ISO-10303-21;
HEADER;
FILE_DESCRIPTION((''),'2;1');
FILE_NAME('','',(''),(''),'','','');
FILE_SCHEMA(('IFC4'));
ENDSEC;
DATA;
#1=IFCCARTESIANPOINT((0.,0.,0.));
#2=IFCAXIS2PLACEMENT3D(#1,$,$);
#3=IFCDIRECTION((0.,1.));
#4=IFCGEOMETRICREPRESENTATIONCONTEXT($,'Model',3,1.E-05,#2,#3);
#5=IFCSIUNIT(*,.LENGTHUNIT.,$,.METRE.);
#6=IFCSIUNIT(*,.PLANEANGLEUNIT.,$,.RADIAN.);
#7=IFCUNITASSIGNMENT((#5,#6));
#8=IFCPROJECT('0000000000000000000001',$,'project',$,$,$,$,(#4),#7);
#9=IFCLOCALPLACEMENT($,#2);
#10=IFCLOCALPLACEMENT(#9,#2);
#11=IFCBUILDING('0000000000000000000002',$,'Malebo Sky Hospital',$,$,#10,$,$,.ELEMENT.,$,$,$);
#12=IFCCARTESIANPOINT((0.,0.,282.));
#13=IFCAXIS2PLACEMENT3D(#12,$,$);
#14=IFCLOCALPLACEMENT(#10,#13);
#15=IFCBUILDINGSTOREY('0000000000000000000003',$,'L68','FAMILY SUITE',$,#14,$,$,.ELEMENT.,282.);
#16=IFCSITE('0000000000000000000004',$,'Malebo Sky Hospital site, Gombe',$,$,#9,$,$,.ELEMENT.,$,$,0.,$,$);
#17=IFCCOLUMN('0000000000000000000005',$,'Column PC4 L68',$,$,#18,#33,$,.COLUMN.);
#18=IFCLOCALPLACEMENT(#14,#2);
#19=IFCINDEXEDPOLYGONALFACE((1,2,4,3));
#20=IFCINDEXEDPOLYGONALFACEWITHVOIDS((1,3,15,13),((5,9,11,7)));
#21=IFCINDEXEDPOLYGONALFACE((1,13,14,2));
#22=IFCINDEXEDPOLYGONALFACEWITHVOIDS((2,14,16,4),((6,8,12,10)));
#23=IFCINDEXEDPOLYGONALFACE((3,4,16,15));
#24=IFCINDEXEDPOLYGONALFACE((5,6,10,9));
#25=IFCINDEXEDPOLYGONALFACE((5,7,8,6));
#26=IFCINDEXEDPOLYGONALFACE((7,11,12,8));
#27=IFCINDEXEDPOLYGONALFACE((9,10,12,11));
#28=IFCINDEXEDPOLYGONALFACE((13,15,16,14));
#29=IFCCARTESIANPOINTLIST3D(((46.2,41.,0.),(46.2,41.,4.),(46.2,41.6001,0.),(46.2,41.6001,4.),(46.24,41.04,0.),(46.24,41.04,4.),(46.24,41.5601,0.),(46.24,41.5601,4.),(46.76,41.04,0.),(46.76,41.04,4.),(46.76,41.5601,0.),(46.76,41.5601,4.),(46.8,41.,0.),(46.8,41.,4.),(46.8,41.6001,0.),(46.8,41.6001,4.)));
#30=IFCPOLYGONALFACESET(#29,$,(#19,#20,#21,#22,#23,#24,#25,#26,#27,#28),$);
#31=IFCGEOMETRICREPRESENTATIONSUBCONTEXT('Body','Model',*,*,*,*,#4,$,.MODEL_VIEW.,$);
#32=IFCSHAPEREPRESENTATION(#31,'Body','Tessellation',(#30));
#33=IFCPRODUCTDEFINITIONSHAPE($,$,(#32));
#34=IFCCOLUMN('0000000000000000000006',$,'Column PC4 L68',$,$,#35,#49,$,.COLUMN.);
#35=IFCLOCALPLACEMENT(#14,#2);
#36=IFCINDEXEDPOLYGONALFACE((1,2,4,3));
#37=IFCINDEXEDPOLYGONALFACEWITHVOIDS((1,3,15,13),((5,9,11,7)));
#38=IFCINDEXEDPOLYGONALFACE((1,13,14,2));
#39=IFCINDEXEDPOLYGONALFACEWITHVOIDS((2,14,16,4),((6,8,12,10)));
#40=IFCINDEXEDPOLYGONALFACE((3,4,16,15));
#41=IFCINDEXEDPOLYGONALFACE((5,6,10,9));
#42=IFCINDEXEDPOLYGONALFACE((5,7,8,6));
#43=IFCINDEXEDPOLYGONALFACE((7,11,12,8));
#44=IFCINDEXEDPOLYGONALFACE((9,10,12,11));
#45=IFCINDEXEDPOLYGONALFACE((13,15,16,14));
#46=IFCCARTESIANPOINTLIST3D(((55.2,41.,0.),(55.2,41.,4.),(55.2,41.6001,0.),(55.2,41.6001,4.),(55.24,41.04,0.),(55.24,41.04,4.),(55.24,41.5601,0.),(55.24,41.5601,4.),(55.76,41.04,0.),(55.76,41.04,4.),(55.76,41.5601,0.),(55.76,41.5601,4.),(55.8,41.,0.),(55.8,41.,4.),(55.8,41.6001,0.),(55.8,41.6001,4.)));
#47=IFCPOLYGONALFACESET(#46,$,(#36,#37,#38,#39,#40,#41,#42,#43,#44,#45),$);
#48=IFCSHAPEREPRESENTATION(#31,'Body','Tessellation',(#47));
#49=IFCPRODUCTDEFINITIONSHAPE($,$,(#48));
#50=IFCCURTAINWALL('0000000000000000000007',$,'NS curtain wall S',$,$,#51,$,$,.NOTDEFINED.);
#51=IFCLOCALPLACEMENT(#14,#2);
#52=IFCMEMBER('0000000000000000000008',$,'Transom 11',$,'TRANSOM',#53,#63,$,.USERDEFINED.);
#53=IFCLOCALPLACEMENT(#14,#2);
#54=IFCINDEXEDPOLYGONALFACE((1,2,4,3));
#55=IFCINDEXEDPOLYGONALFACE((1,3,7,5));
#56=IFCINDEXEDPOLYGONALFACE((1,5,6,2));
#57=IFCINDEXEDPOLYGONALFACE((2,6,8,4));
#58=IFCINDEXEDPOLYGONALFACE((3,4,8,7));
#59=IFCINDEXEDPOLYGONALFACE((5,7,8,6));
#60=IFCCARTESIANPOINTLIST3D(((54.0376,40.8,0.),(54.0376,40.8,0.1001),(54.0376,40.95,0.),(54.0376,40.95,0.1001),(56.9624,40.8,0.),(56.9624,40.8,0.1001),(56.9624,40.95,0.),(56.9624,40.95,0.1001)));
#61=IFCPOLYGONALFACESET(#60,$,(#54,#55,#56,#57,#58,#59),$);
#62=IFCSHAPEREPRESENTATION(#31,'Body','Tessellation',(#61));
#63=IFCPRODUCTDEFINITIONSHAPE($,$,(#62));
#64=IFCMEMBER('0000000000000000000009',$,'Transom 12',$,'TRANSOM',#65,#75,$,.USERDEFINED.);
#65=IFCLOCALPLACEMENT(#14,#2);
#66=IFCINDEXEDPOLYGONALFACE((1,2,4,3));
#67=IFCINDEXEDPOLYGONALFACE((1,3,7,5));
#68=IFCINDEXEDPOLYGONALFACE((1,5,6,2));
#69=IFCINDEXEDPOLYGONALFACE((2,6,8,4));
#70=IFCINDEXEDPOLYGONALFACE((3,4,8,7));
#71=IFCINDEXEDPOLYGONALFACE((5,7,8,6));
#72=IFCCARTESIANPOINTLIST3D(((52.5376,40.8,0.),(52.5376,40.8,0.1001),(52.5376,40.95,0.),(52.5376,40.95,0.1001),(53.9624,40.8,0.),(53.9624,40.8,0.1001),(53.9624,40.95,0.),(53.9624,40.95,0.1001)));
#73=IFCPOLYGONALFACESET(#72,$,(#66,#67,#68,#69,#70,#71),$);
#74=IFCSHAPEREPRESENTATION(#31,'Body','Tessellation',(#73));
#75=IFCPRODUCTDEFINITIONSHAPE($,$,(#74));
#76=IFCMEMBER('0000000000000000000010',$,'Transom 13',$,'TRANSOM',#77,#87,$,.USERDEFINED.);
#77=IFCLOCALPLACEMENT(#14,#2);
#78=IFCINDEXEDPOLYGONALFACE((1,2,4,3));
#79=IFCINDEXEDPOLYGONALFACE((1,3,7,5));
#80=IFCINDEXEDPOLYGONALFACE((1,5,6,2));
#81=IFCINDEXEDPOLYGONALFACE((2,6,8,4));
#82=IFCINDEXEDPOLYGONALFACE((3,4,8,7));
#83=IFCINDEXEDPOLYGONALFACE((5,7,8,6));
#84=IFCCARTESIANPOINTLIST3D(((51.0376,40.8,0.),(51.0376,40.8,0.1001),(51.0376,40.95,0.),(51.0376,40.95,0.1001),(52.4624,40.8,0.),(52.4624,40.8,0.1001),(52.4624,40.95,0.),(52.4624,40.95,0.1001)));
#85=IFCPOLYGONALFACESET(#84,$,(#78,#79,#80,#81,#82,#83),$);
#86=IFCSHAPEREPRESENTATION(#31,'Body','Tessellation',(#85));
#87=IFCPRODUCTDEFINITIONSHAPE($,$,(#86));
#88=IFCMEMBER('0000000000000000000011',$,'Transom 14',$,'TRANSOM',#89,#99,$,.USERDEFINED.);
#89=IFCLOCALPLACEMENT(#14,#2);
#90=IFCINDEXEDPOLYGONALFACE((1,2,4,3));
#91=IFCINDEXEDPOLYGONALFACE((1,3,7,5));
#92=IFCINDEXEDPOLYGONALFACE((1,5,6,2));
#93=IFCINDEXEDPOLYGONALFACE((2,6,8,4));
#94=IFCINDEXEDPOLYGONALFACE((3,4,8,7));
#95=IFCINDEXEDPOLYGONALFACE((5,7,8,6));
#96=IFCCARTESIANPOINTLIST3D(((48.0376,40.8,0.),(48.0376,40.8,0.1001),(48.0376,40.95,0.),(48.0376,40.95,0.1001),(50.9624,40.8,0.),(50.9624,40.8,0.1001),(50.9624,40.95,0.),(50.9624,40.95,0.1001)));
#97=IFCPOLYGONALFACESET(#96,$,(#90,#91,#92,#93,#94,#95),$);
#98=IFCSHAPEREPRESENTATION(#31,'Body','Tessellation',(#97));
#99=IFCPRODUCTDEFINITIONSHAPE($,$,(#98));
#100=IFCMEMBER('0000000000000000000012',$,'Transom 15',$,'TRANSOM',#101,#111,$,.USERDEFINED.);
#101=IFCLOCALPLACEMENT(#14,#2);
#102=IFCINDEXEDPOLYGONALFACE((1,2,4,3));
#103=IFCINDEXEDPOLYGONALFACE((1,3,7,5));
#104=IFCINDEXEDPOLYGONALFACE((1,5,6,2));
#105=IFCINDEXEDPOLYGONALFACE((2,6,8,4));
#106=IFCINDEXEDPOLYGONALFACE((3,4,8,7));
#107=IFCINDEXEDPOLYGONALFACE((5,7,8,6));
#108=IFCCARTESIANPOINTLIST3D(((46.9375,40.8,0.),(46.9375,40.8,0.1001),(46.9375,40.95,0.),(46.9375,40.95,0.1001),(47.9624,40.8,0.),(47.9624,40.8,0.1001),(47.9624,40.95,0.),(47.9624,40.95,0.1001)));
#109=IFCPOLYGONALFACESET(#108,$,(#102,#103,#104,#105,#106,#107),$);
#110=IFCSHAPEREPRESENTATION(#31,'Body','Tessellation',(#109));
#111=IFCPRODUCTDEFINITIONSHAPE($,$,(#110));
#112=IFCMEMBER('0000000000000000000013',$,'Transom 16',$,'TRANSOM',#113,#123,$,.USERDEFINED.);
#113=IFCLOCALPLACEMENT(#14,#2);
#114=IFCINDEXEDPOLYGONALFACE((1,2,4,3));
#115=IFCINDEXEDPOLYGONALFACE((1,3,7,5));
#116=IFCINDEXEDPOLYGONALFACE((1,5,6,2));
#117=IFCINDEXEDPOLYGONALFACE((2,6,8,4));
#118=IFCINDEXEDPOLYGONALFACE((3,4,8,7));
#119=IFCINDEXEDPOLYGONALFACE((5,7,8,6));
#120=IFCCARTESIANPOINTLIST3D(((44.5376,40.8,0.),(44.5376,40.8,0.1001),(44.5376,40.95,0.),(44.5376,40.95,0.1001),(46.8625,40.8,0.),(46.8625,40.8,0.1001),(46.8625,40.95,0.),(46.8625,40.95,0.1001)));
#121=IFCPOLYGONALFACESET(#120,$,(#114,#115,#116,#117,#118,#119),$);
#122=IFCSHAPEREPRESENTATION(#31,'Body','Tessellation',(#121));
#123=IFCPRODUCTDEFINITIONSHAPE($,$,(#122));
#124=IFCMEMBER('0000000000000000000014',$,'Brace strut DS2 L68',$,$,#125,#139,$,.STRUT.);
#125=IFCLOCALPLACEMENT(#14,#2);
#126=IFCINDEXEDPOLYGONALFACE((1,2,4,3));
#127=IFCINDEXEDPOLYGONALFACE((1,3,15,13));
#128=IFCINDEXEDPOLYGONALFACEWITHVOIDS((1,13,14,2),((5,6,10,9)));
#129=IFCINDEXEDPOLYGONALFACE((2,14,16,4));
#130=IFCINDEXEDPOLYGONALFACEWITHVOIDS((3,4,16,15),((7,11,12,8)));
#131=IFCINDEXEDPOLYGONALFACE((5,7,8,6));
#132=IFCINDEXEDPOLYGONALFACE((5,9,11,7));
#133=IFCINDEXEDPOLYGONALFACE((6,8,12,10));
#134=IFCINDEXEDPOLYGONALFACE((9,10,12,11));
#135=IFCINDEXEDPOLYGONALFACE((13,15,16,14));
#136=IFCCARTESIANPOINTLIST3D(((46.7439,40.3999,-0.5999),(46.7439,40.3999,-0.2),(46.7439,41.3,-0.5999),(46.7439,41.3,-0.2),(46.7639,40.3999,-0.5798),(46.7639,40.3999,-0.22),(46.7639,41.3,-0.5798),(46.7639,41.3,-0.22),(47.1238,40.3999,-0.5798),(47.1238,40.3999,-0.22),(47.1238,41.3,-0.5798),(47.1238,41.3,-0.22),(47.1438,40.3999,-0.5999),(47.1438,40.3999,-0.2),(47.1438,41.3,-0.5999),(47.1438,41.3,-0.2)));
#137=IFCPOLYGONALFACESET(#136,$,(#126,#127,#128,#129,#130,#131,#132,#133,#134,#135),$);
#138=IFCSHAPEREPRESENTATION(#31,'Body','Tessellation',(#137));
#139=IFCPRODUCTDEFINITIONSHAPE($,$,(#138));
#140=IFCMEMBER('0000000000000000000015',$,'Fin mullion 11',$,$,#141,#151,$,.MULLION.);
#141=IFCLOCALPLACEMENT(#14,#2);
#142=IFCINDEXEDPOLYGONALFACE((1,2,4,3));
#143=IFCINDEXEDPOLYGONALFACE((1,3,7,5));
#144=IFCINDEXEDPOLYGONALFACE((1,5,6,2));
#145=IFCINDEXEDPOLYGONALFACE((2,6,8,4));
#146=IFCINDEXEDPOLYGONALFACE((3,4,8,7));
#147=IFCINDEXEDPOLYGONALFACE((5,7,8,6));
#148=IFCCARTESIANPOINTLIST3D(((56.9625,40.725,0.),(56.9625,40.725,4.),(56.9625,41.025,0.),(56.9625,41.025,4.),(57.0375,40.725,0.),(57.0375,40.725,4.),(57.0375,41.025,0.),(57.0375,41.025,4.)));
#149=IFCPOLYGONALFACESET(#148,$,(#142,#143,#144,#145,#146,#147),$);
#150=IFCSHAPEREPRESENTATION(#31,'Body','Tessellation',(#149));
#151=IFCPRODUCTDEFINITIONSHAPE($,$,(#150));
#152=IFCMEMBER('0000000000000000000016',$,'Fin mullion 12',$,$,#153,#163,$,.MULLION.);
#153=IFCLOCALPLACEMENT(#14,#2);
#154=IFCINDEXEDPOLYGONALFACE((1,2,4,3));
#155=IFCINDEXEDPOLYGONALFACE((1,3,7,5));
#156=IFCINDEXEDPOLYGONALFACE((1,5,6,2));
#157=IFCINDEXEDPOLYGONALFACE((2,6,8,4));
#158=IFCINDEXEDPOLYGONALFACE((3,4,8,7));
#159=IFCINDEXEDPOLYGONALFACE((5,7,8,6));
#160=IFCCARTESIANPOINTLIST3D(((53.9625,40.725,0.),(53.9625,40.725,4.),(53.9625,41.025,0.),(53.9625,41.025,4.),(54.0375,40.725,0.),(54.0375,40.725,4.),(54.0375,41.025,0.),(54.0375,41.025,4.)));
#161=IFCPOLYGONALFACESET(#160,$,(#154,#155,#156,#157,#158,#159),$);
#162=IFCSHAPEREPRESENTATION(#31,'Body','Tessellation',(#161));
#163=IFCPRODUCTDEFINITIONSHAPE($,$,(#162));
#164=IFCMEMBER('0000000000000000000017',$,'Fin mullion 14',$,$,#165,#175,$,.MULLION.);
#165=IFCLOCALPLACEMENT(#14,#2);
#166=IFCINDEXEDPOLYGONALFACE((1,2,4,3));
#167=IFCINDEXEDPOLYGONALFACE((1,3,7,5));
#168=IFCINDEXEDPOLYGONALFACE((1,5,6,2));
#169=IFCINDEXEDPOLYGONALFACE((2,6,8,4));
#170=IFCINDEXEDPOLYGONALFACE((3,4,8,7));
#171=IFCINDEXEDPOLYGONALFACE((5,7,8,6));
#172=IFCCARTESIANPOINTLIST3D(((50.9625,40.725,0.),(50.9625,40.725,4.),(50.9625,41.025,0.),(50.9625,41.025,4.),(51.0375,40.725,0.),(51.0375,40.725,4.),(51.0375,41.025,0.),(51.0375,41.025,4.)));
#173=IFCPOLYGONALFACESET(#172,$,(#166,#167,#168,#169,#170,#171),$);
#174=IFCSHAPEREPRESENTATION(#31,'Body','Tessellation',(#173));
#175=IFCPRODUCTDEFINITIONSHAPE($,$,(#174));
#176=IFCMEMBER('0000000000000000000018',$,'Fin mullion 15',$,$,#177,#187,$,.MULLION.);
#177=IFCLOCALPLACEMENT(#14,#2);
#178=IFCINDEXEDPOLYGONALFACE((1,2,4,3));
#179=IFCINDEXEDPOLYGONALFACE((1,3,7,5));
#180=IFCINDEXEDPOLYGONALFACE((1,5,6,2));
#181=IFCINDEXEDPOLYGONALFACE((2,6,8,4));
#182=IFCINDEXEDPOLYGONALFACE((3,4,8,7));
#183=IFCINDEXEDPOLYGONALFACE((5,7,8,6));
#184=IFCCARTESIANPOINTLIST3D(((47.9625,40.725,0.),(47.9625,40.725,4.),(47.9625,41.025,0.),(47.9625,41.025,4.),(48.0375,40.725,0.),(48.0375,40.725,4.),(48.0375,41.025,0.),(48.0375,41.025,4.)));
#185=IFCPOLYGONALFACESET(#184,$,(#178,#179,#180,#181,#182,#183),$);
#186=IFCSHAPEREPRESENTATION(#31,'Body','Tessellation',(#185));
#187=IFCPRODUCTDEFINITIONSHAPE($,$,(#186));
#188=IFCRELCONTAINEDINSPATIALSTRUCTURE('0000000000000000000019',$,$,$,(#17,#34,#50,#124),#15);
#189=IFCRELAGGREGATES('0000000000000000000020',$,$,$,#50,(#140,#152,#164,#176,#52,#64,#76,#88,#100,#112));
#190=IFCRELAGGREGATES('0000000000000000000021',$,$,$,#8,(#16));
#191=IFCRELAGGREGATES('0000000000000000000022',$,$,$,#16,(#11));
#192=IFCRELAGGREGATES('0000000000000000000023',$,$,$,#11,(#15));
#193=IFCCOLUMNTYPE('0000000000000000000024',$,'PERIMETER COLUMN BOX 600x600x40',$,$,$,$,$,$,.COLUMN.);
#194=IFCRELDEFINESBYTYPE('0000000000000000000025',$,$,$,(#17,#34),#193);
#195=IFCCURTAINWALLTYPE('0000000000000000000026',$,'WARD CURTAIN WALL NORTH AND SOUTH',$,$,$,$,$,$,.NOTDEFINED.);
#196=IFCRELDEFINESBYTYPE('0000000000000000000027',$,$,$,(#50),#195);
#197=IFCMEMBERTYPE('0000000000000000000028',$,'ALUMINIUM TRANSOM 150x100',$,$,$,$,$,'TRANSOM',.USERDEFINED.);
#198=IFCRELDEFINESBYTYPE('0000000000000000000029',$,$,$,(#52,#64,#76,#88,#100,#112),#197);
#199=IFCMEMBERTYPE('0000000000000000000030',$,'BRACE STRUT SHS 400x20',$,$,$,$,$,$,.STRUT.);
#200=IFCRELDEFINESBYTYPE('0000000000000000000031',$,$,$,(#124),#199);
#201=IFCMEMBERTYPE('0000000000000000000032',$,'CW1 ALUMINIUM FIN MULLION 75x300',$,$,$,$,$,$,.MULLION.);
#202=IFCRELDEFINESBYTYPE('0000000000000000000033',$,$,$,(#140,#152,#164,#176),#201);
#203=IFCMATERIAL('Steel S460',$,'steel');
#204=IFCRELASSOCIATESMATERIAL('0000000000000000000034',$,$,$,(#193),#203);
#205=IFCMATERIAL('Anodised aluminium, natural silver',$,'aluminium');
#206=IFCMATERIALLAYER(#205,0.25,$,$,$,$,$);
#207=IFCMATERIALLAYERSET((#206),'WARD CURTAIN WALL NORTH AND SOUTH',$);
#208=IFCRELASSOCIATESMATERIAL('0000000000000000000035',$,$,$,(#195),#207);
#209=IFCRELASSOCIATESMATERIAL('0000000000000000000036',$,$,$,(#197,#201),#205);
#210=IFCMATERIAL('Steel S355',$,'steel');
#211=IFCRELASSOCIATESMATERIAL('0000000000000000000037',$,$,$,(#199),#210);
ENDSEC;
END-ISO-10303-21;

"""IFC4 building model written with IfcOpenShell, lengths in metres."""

from ifc_helpers import new_model, si_unit, direction, frame, origin, origin_2d, place, context, subcontext, project, spatial, rectangle, hollow_rectangle, extrude, material, layer, layer_set, material_profile, profile_set, type_object, element, aggregate, save


model = new_model("IFC4")

# Units and contexts
model_context = context("Model", 3, precision=1e-05, world=origin(), true_north=direction((0.0, 1.0)))
body_context = subcontext(model_context, "Body", "Model", "MODEL_VIEW")
ifc_project = project(units=[si_unit("LENGTHUNIT", "METRE"), si_unit("PLANEANGLEUNIT", "RADIAN")], contexts=[model_context])

# Site, building, storey
site_placement = place(None, origin())
site = spatial("IfcSite", under=ifc_project, at=site_placement, Name="Malebo Sky Hospital site, Gombe", CompositionType="ELEMENT", RefElevation=0.0)
building_placement = place(site_placement, origin())
building = spatial("IfcBuilding", under=site, at=building_placement, Name="Malebo Sky Hospital", CompositionType="ELEMENT")
storey_placement = place(building_placement, frame((0.0, 0.0, 282.0)))
storey = spatial("IfcBuildingStorey", under=building, at=storey_placement, Name="L68", Description="FAMILY SUITE", CompositionType="ELEMENT", Elevation=282.0)

# Columns
ifc_material_1 = material(Name="Steel S460", Category="steel")
ifc_material_profile_1 = material_profile(ifc_material_1, hollow_rectangle(XDim=0.6001, YDim=0.6001, WallThickness=0.04, at=origin_2d()), Name="BOX 600x600x40")
ifc_profile_set_1 = profile_set([ifc_material_profile_1], Name="Steel S460")
column_type = type_object("IfcColumnType", Name="PERIMETER COLUMN BOX 600x600x40", PredefinedType="COLUMN", material=ifc_profile_set_1)
for number, where, z_axis, x_axis, name in (
    (1, (46.5, 41.3, 0.0), (0.0, 0.0, 1.0), (1.0, 0.0, 0.0), "Column PC4 L68"),
    (2, (55.5, 41.3, 0.0), (0.0, 0.0, 1.0), (1.0, 0.0, 0.0), "Column PC4 L68"),
):
    element("IfcColumn", number, at=place(storey_placement, frame(where, z_axis=z_axis, x_axis=x_axis)), inside=storey, type_object=column_type, Name=name, PredefinedType="COLUMN", context=body_context, shape_type="SweptSolid", body=[
        extrude(hollow_rectangle(XDim=0.6001, YDim=0.6001, WallThickness=0.04, at=origin_2d()), origin(), (0.0, 0.0, 1.0), 4.0),
    ])

# Curtain wall, members
ifc_material_2 = material(Name="Anodised aluminium, natural silver", Category="aluminium")
ifc_layer_1 = layer(ifc_material_2, 0.25)
ifc_layer_set_1 = layer_set([ifc_layer_1], Name="WARD CURTAIN WALL NORTH AND SOUTH")
curtain_wall_type = type_object("IfcCurtainWallType", Name="WARD CURTAIN WALL NORTH AND SOUTH", PredefinedType="NOTDEFINED", material=ifc_layer_set_1)
curtain_wall_placement = place(storey_placement, origin())
curtain_wall = element("IfcCurtainWall", 3, at=curtain_wall_placement, inside=storey, type_object=curtain_wall_type, Name="NS curtain wall S", PredefinedType="NOTDEFINED")
ifc_material_profile_2 = material_profile(ifc_material_2, rectangle(XDim=0.1499, YDim=0.1001, at=origin_2d()), Name="ALUMINIUM TRANSOM 150x100")
ifc_profile_set_2 = profile_set([ifc_material_profile_2], Name="Anodised aluminium, natural silver")
member_type_1 = type_object("IfcMemberType", Name="ALUMINIUM TRANSOM 150x100", ElementType="TRANSOM", PredefinedType="USERDEFINED", material=ifc_profile_set_2)
member_1_placement = place(storey_placement, frame((56.9624, 40.875, 0.05), z_axis=(-1.0, 0.0, 0.0), x_axis=(0.0, -1.0, 0.0)))
member_1 = element("IfcMember", 4, at=member_1_placement, type_object=member_type_1, Name="Transom 11", ObjectType="TRANSOM", PredefinedType="USERDEFINED", context=body_context, shape_type="SweptSolid", body=[
    extrude(rectangle(XDim=0.1499, YDim=0.1001, at=origin_2d()), origin(), (0.0, 0.0, 1.0), 2.9248),
])
member_2_placement = place(storey_placement, frame((53.9624, 40.875, 0.05), z_axis=(-1.0, 0.0, 0.0), x_axis=(0.0, -1.0, 0.0)))
member_2 = element("IfcMember", 5, at=member_2_placement, type_object=member_type_1, Name="Transom 12", ObjectType="TRANSOM", PredefinedType="USERDEFINED", context=body_context, shape_type="SweptSolid", body=[
    extrude(rectangle(XDim=0.1499, YDim=0.1001, at=origin_2d()), origin(), (0.0, 0.0, 1.0), 1.4248),
])
member_3_placement = place(storey_placement, frame((52.4624, 40.875, 0.05), z_axis=(-1.0, 0.0, 0.0), x_axis=(0.0, -1.0, 0.0)))
member_3 = element("IfcMember", 6, at=member_3_placement, type_object=member_type_1, Name="Transom 13", ObjectType="TRANSOM", PredefinedType="USERDEFINED", context=body_context, shape_type="SweptSolid", body=[
    extrude(rectangle(XDim=0.1499, YDim=0.1001, at=origin_2d()), origin(), (0.0, 0.0, 1.0), 1.4248),
])
member_4_placement = place(storey_placement, frame((50.9624, 40.875, 0.05), z_axis=(-1.0, 0.0, 0.0), x_axis=(0.0, -1.0, 0.0)))
member_4 = element("IfcMember", 7, at=member_4_placement, type_object=member_type_1, Name="Transom 14", ObjectType="TRANSOM", PredefinedType="USERDEFINED", context=body_context, shape_type="SweptSolid", body=[
    extrude(rectangle(XDim=0.1499, YDim=0.1001, at=origin_2d()), origin(), (0.0, 0.0, 1.0), 2.9248),
])
member_5_placement = place(storey_placement, frame((47.9624, 40.875, 0.05), z_axis=(-1.0, 0.0, 0.0), x_axis=(0.0, -1.0, 0.0)))
member_5 = element("IfcMember", 8, at=member_5_placement, type_object=member_type_1, Name="Transom 15", ObjectType="TRANSOM", PredefinedType="USERDEFINED", context=body_context, shape_type="SweptSolid", body=[
    extrude(rectangle(XDim=0.1499, YDim=0.1001, at=origin_2d()), origin(), (0.0, 0.0, 1.0), 1.0249),
])
member_6_placement = place(storey_placement, frame((46.8625, 40.875, 0.05), z_axis=(-1.0, 0.0, 0.0), x_axis=(0.0, -1.0, 0.0)))
member_6 = element("IfcMember", 9, at=member_6_placement, type_object=member_type_1, Name="Transom 16", ObjectType="TRANSOM", PredefinedType="USERDEFINED", context=body_context, shape_type="SweptSolid", body=[
    extrude(rectangle(XDim=0.1499, YDim=0.1001, at=origin_2d()), origin(), (0.0, 0.0, 1.0), 2.325),
])

# Members
ifc_material_3 = material(Name="Steel S355", Category="steel")
ifc_material_profile_3 = material_profile(ifc_material_3, hollow_rectangle(XDim=0.3999, YDim=0.3999, WallThickness=0.02, at=origin_2d()), Name="SHS 400x20")
ifc_profile_set_3 = profile_set([ifc_material_profile_3], Name="Steel S355")
member_type_2 = type_object("IfcMemberType", Name="BRACE STRUT SHS 400x20", PredefinedType="STRUT", material=ifc_profile_set_3)
member_7_placement = place(storey_placement, frame((46.9438, 40.3999, -0.3999), z_axis=(0.0, 1.0, 0.0), x_axis=(-1.0, 0.0, 0.0)))
element("IfcMember", 10, at=member_7_placement, inside=storey, type_object=member_type_2, Name="Brace strut DS2 L68", PredefinedType="STRUT", context=body_context, shape_type="SweptSolid", body=[
    extrude(hollow_rectangle(XDim=0.3999, YDim=0.3999, WallThickness=0.02, at=origin_2d()), origin(), (0.0, 0.0, 1.0), 0.9001),
])
ifc_material_profile_4 = material_profile(ifc_material_2, rectangle(XDim=0.075, YDim=0.3, at=origin_2d()), Name="CW1 ALUMINIUM FIN MULLION 75x300")
ifc_profile_set_4 = profile_set([ifc_material_profile_4], Name="Anodised aluminium, natural silver")
member_type_3 = type_object("IfcMemberType", Name="CW1 ALUMINIUM FIN MULLION 75x300", PredefinedType="MULLION", material=ifc_profile_set_4)
member_8_placement = place(storey_placement, frame((57.0, 40.875, 0.0), z_axis=(0.0, 0.0, 1.0), x_axis=(-1.0, 0.0, 0.0)))
member_8 = element("IfcMember", 11, at=member_8_placement, type_object=member_type_3, Name="Fin mullion 11", PredefinedType="MULLION", context=body_context, shape_type="SweptSolid", body=[
    extrude(rectangle(XDim=0.075, YDim=0.3, at=origin_2d()), origin(), (0.0, 0.0, 1.0), 4.0),
])
member_9_placement = place(storey_placement, frame((54.0, 40.875, 0.0), z_axis=(0.0, 0.0, 1.0), x_axis=(-1.0, 0.0, 0.0)))
member_9 = element("IfcMember", 12, at=member_9_placement, type_object=member_type_3, Name="Fin mullion 12", PredefinedType="MULLION", context=body_context, shape_type="SweptSolid", body=[
    extrude(rectangle(XDim=0.075, YDim=0.3, at=origin_2d()), origin(), (0.0, 0.0, 1.0), 4.0),
])
member_10_placement = place(storey_placement, frame((51.0, 40.875, 0.0), z_axis=(0.0, 0.0, 1.0), x_axis=(-1.0, 0.0, 0.0)))
member_10 = element("IfcMember", 13, at=member_10_placement, type_object=member_type_3, Name="Fin mullion 14", PredefinedType="MULLION", context=body_context, shape_type="SweptSolid", body=[
    extrude(rectangle(XDim=0.075, YDim=0.3, at=origin_2d()), origin(), (0.0, 0.0, 1.0), 4.0),
])
member_11_placement = place(storey_placement, frame((48.0, 40.875, 0.0), z_axis=(0.0, 0.0, 1.0), x_axis=(-1.0, 0.0, 0.0)))
member_11 = element("IfcMember", 14, at=member_11_placement, type_object=member_type_3, Name="Fin mullion 15", PredefinedType="MULLION", context=body_context, shape_type="SweptSolid", body=[
    extrude(rectangle(XDim=0.075, YDim=0.3, at=origin_2d()), origin(), (0.0, 0.0, 1.0), 4.0),
])

aggregate(curtain_wall, [member_8, member_9, member_10, member_11, member_1, member_2, member_3, member_4, member_5, member_6])

save(model, "model.ifc")
